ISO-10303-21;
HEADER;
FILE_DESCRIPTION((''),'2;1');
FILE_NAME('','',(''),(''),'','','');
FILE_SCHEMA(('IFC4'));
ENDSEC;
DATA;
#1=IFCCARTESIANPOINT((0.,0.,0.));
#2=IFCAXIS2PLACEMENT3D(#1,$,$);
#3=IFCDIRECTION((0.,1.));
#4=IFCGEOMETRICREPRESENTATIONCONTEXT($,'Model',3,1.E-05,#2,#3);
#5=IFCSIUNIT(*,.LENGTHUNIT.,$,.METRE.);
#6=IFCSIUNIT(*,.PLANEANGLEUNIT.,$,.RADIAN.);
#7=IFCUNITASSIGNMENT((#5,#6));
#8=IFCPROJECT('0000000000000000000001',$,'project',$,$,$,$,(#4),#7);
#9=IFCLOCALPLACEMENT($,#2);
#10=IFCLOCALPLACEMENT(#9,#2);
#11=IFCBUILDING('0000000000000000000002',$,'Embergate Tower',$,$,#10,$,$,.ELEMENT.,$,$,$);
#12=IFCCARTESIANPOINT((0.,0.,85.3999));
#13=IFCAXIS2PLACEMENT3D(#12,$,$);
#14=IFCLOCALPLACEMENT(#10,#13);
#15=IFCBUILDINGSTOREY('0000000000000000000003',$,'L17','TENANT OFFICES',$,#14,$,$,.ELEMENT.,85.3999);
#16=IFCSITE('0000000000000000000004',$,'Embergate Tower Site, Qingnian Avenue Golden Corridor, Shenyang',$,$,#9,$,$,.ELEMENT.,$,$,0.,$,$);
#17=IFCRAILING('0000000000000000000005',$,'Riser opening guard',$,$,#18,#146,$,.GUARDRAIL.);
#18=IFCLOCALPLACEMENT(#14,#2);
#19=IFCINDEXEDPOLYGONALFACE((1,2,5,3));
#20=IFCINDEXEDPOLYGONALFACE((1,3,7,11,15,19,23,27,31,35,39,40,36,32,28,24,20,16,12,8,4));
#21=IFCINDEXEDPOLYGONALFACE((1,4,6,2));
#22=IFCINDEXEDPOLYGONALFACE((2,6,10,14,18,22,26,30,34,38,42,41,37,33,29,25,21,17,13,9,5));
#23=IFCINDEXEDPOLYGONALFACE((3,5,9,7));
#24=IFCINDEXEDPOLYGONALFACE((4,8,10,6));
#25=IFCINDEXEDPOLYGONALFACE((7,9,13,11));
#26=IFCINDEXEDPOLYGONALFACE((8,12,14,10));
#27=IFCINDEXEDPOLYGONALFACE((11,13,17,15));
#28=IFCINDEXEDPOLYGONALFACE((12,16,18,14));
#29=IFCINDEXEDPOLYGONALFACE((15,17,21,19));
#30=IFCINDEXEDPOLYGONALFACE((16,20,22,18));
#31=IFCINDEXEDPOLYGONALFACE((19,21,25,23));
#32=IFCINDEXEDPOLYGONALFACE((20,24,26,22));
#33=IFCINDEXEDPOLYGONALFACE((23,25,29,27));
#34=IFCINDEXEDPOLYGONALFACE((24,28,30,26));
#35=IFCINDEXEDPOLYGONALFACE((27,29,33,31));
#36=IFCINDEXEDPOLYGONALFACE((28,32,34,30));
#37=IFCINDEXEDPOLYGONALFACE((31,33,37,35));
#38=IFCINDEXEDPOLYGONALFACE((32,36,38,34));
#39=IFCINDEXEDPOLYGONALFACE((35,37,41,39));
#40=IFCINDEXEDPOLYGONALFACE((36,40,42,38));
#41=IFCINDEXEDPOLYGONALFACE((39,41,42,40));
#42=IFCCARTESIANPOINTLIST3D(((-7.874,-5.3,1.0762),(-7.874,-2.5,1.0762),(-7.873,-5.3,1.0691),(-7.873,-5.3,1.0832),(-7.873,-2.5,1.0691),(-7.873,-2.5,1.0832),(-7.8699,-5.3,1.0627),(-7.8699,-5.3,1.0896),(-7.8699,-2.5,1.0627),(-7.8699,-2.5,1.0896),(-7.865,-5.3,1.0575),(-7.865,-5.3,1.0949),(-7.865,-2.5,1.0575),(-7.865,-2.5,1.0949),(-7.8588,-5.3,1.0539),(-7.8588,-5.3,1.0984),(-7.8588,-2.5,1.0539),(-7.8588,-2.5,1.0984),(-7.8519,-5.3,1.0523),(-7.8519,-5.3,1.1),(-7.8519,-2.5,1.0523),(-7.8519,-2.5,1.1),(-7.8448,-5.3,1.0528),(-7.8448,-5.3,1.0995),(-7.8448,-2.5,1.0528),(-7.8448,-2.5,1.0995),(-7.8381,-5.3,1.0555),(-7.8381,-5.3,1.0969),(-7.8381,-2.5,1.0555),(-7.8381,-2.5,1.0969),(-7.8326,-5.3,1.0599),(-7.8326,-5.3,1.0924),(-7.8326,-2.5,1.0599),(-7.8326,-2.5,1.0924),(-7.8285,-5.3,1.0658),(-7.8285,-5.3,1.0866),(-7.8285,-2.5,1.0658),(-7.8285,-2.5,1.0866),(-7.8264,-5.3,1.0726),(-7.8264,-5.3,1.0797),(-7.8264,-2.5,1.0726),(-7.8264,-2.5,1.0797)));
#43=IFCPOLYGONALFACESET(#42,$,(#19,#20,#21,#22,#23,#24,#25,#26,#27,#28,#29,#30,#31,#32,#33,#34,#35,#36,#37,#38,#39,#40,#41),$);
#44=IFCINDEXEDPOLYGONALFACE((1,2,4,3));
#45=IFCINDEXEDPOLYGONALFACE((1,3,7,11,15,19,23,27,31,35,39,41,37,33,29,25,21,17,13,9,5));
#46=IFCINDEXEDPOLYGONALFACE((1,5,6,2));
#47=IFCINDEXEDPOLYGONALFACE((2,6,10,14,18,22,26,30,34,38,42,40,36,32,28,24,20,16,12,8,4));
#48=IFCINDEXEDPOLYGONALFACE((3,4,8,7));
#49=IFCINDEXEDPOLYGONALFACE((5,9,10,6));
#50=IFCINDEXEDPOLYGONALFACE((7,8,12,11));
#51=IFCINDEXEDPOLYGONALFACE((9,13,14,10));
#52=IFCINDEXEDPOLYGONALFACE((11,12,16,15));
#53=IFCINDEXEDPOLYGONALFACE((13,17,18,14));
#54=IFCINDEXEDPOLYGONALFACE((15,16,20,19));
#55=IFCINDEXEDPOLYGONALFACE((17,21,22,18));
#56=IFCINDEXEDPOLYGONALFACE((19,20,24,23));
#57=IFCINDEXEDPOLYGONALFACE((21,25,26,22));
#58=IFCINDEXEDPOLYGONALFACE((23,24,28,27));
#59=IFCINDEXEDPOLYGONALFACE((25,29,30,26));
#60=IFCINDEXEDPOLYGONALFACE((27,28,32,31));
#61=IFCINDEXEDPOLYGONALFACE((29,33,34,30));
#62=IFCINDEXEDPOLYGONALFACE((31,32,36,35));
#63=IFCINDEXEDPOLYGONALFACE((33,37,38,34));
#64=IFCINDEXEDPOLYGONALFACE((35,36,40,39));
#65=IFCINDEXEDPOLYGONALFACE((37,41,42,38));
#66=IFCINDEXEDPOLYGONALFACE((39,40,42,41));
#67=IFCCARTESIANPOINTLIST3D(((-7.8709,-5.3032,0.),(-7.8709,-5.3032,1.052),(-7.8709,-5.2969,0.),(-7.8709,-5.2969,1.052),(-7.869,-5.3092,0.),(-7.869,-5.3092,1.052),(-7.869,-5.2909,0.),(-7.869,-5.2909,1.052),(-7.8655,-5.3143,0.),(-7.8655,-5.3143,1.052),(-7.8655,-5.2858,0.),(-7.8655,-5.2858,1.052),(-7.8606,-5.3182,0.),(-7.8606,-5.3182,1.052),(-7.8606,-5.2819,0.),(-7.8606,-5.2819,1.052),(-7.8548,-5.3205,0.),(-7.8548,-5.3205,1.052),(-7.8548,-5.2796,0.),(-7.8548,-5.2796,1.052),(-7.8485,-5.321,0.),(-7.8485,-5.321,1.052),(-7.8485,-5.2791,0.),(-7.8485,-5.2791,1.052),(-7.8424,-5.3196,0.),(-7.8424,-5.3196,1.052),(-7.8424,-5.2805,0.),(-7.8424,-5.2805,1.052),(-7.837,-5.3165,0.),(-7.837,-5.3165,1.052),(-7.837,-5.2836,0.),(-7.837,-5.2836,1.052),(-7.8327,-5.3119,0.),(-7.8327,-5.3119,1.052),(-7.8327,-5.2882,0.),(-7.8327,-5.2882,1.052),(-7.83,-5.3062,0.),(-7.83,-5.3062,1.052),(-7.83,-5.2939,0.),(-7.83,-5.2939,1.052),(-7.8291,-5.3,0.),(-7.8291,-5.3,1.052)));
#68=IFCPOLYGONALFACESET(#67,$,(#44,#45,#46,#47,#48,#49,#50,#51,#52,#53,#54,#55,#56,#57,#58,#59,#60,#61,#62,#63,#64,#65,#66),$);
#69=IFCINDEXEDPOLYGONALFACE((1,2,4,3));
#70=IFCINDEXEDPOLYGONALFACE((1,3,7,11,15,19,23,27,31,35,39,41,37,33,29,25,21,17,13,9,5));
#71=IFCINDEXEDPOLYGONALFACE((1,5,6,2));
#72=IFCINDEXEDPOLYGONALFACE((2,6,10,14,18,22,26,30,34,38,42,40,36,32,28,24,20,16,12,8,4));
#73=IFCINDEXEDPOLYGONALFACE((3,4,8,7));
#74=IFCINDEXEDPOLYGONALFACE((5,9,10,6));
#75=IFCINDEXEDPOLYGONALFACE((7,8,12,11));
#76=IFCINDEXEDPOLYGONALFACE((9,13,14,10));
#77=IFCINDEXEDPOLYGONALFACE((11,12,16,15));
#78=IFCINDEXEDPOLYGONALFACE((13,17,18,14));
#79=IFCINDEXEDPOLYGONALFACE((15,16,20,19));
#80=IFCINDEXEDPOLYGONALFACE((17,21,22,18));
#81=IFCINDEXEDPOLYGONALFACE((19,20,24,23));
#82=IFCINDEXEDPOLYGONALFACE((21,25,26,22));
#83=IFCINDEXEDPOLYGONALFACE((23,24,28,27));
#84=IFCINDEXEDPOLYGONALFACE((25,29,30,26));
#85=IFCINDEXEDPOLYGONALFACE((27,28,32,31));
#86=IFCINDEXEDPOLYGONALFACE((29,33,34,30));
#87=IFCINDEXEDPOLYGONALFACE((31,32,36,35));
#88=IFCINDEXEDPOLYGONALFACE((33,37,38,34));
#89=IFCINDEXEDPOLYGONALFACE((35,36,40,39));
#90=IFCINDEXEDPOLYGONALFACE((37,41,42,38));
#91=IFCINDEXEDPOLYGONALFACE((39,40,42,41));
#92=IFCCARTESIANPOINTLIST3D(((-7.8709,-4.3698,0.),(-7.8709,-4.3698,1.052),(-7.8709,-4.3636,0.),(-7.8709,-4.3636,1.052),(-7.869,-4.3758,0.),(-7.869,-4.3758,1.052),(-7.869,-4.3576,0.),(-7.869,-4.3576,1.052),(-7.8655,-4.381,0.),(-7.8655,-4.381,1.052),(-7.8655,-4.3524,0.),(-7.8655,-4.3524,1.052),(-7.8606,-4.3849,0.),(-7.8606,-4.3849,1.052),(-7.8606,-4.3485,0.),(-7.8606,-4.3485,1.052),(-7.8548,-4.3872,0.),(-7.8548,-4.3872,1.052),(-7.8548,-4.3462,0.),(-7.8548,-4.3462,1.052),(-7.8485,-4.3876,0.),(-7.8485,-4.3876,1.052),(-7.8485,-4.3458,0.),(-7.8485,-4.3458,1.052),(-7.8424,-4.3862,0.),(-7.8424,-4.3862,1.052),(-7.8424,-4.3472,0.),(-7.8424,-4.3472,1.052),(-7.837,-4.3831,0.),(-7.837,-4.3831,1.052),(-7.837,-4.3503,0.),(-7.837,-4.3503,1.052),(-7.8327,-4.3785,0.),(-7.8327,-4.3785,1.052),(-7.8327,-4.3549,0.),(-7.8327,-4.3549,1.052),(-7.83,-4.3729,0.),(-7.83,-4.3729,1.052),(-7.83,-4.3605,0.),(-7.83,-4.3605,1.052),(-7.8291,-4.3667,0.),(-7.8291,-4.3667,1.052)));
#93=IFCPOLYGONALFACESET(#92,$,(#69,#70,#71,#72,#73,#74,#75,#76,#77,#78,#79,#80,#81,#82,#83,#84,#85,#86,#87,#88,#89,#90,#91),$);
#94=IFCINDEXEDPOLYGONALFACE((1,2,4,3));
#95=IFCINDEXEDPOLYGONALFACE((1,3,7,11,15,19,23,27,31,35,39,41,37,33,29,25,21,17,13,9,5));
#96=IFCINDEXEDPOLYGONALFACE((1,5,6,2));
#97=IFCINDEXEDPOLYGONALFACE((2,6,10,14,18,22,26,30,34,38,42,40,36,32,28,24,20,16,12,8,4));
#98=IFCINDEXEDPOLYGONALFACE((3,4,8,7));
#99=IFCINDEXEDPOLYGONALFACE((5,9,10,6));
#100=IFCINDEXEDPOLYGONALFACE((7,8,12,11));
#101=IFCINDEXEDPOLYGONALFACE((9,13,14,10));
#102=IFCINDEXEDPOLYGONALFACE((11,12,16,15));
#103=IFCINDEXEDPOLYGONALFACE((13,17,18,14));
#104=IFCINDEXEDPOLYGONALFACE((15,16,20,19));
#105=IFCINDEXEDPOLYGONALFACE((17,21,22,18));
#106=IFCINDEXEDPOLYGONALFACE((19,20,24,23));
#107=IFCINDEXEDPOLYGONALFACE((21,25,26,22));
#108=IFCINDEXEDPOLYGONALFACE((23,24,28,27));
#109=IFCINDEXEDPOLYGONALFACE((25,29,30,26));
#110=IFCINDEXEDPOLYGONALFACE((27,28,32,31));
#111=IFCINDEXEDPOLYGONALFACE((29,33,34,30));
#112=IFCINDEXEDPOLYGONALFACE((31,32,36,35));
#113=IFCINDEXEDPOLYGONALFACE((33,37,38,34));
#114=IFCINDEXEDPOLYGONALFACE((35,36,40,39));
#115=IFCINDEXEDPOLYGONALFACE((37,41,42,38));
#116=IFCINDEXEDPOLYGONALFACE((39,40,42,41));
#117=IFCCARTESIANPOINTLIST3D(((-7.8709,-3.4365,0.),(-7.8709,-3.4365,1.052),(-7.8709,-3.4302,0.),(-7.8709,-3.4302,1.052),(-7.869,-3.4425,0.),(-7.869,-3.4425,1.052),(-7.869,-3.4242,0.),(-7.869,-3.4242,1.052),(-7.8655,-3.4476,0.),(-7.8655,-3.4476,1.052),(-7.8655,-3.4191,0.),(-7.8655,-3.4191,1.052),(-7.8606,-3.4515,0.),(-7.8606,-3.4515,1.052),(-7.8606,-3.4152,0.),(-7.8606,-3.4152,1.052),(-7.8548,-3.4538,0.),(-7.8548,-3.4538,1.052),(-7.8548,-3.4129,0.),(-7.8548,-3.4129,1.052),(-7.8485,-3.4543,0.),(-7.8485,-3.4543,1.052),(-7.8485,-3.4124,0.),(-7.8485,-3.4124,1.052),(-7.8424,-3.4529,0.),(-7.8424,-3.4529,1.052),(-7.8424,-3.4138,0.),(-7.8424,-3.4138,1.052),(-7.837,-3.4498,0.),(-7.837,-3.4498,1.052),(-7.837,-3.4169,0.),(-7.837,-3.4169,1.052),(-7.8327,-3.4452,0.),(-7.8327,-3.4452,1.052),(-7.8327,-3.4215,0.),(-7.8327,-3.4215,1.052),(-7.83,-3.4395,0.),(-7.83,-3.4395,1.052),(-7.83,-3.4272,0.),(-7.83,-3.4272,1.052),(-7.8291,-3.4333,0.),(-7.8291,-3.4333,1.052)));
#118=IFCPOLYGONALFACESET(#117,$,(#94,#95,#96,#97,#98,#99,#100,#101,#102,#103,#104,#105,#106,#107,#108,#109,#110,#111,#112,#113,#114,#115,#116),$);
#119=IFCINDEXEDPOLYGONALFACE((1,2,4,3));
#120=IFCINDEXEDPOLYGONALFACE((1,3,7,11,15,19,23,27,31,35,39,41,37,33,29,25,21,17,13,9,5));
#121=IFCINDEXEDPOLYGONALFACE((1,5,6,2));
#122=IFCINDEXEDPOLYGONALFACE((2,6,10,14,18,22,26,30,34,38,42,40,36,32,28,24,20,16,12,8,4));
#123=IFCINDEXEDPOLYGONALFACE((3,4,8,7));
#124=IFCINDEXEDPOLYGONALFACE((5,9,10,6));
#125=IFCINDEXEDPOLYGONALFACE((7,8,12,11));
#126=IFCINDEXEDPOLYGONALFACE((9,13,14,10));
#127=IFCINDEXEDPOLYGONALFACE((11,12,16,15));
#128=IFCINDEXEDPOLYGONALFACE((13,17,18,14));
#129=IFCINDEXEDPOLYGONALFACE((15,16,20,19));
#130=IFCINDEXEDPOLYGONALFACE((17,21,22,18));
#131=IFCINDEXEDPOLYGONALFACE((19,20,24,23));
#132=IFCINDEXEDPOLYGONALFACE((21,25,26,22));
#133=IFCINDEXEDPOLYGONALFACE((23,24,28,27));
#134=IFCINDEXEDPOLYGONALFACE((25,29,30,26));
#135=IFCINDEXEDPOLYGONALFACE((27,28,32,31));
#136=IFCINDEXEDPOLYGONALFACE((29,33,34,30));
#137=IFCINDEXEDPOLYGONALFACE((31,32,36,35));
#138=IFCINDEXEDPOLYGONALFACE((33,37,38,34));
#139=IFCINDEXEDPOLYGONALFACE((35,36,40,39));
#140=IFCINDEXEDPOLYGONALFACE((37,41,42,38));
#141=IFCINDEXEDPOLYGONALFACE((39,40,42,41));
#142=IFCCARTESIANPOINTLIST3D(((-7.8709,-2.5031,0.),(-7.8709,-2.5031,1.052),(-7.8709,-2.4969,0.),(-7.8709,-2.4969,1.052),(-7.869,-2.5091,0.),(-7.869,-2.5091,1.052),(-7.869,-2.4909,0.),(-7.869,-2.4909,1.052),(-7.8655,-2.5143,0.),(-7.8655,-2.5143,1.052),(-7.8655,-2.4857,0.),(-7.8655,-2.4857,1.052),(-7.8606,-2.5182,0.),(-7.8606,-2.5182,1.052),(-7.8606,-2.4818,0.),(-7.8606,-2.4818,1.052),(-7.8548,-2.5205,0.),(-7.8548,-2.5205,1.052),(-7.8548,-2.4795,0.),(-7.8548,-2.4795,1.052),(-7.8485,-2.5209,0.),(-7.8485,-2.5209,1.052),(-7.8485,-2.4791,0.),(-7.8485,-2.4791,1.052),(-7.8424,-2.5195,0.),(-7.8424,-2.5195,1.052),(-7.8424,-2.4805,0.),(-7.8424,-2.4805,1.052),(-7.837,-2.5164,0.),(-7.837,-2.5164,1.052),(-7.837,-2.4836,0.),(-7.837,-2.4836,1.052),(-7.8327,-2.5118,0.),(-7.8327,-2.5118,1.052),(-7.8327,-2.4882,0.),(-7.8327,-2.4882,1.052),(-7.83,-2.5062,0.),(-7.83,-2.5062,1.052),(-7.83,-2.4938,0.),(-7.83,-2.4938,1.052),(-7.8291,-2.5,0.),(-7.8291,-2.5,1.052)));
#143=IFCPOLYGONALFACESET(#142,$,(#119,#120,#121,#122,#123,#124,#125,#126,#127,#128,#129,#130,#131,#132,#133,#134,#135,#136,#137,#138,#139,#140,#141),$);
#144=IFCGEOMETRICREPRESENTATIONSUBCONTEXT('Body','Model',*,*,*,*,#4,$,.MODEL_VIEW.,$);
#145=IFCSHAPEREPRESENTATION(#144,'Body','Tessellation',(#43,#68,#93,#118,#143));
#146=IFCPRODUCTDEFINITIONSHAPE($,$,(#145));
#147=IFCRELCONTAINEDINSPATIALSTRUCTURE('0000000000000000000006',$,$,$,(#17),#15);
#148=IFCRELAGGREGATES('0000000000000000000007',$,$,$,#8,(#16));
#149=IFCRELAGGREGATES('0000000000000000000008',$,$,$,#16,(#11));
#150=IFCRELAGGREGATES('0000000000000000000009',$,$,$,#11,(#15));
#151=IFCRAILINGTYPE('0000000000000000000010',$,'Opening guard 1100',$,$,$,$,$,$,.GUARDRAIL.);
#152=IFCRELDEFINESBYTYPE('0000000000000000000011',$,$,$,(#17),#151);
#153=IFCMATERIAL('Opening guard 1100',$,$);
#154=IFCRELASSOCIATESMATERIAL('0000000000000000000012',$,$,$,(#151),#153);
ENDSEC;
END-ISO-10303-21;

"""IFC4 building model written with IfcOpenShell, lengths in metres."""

from ifc_helpers import new_model, si_unit, direction, frame, origin, origin_2d, place, context, subcontext, project, spatial, circle, extrude, source, transform, mapped, material, type_object, element, save


model = new_model("IFC4")

# Units and contexts
model_context = context("Model", 3, precision=1e-05, world=origin(), true_north=direction((0.0, 1.0)))
body_context = subcontext(model_context, "Body", "Model", "MODEL_VIEW")
ifc_project = project(units=[si_unit("LENGTHUNIT", "METRE"), si_unit("PLANEANGLEUNIT", "RADIAN")], contexts=[model_context])

# Site, building, storey
site_placement = place(None, origin())
site = spatial("IfcSite", under=ifc_project, at=site_placement, Name="Embergate Tower Site, Qingnian Avenue Golden Corridor, Shenyang", CompositionType="ELEMENT", RefElevation=0.0)
building_placement = place(site_placement, origin())
building = spatial("IfcBuilding", under=site, at=building_placement, Name="Embergate Tower", CompositionType="ELEMENT")
storey_placement = place(building_placement, frame((0.0, 0.0, 85.3999)))
storey = spatial("IfcBuildingStorey", under=building, at=storey_placement, Name="L17", Description="TENANT OFFICES", CompositionType="ELEMENT", Elevation=85.3999)

# Railing
ifc_material_1 = material(Name="Opening guard 1100")
railing_type_1 = type_object("IfcRailingType", Name="Opening guard 1100", PredefinedType="GUARDRAIL", material=ifc_material_1)
shared_shape_1 = source(origin(), body_context, "Body", "SweptSolid", [
    extrude(circle(Radius=0.0239, at=origin_2d()), frame((0.0, 0.0, 1.0762), z_axis=(0.0, 1.0, 0.0), x_axis=(-1.0, 0.0, 0.0)), (0.0, 0.0, 1.0), 2.8),
    extrude(circle(Radius=0.021, at=origin_2d()), origin(), (0.0, 0.0, 1.0), 1.052),
    extrude(circle(Radius=0.021, at=origin_2d()), frame((0.0, 0.9333, 0.0)), (0.0, 0.0, 1.0), 1.052),
    extrude(circle(Radius=0.021, at=origin_2d()), frame((0.0, 1.8667, 0.0)), (0.0, 0.0, 1.0), 1.052),
    extrude(circle(Radius=0.021, at=origin_2d()), frame((0.0, 2.8, 0.0)), (0.0, 0.0, 1.0), 1.052),
])
railing_1_placement = place(storey_placement, frame((-7.8501, -5.3, 0.0)))
element("IfcRailing", 1, at=railing_1_placement, inside=storey, type_object=railing_type_1, Name="Riser opening guard", PredefinedType="GUARDRAIL", context=body_context, shape_type="MappedRepresentation", body=[
    mapped(shared_shape_1, transform((0.0, 0.0, 0.0))),
])

save(model, "model.ifc")
